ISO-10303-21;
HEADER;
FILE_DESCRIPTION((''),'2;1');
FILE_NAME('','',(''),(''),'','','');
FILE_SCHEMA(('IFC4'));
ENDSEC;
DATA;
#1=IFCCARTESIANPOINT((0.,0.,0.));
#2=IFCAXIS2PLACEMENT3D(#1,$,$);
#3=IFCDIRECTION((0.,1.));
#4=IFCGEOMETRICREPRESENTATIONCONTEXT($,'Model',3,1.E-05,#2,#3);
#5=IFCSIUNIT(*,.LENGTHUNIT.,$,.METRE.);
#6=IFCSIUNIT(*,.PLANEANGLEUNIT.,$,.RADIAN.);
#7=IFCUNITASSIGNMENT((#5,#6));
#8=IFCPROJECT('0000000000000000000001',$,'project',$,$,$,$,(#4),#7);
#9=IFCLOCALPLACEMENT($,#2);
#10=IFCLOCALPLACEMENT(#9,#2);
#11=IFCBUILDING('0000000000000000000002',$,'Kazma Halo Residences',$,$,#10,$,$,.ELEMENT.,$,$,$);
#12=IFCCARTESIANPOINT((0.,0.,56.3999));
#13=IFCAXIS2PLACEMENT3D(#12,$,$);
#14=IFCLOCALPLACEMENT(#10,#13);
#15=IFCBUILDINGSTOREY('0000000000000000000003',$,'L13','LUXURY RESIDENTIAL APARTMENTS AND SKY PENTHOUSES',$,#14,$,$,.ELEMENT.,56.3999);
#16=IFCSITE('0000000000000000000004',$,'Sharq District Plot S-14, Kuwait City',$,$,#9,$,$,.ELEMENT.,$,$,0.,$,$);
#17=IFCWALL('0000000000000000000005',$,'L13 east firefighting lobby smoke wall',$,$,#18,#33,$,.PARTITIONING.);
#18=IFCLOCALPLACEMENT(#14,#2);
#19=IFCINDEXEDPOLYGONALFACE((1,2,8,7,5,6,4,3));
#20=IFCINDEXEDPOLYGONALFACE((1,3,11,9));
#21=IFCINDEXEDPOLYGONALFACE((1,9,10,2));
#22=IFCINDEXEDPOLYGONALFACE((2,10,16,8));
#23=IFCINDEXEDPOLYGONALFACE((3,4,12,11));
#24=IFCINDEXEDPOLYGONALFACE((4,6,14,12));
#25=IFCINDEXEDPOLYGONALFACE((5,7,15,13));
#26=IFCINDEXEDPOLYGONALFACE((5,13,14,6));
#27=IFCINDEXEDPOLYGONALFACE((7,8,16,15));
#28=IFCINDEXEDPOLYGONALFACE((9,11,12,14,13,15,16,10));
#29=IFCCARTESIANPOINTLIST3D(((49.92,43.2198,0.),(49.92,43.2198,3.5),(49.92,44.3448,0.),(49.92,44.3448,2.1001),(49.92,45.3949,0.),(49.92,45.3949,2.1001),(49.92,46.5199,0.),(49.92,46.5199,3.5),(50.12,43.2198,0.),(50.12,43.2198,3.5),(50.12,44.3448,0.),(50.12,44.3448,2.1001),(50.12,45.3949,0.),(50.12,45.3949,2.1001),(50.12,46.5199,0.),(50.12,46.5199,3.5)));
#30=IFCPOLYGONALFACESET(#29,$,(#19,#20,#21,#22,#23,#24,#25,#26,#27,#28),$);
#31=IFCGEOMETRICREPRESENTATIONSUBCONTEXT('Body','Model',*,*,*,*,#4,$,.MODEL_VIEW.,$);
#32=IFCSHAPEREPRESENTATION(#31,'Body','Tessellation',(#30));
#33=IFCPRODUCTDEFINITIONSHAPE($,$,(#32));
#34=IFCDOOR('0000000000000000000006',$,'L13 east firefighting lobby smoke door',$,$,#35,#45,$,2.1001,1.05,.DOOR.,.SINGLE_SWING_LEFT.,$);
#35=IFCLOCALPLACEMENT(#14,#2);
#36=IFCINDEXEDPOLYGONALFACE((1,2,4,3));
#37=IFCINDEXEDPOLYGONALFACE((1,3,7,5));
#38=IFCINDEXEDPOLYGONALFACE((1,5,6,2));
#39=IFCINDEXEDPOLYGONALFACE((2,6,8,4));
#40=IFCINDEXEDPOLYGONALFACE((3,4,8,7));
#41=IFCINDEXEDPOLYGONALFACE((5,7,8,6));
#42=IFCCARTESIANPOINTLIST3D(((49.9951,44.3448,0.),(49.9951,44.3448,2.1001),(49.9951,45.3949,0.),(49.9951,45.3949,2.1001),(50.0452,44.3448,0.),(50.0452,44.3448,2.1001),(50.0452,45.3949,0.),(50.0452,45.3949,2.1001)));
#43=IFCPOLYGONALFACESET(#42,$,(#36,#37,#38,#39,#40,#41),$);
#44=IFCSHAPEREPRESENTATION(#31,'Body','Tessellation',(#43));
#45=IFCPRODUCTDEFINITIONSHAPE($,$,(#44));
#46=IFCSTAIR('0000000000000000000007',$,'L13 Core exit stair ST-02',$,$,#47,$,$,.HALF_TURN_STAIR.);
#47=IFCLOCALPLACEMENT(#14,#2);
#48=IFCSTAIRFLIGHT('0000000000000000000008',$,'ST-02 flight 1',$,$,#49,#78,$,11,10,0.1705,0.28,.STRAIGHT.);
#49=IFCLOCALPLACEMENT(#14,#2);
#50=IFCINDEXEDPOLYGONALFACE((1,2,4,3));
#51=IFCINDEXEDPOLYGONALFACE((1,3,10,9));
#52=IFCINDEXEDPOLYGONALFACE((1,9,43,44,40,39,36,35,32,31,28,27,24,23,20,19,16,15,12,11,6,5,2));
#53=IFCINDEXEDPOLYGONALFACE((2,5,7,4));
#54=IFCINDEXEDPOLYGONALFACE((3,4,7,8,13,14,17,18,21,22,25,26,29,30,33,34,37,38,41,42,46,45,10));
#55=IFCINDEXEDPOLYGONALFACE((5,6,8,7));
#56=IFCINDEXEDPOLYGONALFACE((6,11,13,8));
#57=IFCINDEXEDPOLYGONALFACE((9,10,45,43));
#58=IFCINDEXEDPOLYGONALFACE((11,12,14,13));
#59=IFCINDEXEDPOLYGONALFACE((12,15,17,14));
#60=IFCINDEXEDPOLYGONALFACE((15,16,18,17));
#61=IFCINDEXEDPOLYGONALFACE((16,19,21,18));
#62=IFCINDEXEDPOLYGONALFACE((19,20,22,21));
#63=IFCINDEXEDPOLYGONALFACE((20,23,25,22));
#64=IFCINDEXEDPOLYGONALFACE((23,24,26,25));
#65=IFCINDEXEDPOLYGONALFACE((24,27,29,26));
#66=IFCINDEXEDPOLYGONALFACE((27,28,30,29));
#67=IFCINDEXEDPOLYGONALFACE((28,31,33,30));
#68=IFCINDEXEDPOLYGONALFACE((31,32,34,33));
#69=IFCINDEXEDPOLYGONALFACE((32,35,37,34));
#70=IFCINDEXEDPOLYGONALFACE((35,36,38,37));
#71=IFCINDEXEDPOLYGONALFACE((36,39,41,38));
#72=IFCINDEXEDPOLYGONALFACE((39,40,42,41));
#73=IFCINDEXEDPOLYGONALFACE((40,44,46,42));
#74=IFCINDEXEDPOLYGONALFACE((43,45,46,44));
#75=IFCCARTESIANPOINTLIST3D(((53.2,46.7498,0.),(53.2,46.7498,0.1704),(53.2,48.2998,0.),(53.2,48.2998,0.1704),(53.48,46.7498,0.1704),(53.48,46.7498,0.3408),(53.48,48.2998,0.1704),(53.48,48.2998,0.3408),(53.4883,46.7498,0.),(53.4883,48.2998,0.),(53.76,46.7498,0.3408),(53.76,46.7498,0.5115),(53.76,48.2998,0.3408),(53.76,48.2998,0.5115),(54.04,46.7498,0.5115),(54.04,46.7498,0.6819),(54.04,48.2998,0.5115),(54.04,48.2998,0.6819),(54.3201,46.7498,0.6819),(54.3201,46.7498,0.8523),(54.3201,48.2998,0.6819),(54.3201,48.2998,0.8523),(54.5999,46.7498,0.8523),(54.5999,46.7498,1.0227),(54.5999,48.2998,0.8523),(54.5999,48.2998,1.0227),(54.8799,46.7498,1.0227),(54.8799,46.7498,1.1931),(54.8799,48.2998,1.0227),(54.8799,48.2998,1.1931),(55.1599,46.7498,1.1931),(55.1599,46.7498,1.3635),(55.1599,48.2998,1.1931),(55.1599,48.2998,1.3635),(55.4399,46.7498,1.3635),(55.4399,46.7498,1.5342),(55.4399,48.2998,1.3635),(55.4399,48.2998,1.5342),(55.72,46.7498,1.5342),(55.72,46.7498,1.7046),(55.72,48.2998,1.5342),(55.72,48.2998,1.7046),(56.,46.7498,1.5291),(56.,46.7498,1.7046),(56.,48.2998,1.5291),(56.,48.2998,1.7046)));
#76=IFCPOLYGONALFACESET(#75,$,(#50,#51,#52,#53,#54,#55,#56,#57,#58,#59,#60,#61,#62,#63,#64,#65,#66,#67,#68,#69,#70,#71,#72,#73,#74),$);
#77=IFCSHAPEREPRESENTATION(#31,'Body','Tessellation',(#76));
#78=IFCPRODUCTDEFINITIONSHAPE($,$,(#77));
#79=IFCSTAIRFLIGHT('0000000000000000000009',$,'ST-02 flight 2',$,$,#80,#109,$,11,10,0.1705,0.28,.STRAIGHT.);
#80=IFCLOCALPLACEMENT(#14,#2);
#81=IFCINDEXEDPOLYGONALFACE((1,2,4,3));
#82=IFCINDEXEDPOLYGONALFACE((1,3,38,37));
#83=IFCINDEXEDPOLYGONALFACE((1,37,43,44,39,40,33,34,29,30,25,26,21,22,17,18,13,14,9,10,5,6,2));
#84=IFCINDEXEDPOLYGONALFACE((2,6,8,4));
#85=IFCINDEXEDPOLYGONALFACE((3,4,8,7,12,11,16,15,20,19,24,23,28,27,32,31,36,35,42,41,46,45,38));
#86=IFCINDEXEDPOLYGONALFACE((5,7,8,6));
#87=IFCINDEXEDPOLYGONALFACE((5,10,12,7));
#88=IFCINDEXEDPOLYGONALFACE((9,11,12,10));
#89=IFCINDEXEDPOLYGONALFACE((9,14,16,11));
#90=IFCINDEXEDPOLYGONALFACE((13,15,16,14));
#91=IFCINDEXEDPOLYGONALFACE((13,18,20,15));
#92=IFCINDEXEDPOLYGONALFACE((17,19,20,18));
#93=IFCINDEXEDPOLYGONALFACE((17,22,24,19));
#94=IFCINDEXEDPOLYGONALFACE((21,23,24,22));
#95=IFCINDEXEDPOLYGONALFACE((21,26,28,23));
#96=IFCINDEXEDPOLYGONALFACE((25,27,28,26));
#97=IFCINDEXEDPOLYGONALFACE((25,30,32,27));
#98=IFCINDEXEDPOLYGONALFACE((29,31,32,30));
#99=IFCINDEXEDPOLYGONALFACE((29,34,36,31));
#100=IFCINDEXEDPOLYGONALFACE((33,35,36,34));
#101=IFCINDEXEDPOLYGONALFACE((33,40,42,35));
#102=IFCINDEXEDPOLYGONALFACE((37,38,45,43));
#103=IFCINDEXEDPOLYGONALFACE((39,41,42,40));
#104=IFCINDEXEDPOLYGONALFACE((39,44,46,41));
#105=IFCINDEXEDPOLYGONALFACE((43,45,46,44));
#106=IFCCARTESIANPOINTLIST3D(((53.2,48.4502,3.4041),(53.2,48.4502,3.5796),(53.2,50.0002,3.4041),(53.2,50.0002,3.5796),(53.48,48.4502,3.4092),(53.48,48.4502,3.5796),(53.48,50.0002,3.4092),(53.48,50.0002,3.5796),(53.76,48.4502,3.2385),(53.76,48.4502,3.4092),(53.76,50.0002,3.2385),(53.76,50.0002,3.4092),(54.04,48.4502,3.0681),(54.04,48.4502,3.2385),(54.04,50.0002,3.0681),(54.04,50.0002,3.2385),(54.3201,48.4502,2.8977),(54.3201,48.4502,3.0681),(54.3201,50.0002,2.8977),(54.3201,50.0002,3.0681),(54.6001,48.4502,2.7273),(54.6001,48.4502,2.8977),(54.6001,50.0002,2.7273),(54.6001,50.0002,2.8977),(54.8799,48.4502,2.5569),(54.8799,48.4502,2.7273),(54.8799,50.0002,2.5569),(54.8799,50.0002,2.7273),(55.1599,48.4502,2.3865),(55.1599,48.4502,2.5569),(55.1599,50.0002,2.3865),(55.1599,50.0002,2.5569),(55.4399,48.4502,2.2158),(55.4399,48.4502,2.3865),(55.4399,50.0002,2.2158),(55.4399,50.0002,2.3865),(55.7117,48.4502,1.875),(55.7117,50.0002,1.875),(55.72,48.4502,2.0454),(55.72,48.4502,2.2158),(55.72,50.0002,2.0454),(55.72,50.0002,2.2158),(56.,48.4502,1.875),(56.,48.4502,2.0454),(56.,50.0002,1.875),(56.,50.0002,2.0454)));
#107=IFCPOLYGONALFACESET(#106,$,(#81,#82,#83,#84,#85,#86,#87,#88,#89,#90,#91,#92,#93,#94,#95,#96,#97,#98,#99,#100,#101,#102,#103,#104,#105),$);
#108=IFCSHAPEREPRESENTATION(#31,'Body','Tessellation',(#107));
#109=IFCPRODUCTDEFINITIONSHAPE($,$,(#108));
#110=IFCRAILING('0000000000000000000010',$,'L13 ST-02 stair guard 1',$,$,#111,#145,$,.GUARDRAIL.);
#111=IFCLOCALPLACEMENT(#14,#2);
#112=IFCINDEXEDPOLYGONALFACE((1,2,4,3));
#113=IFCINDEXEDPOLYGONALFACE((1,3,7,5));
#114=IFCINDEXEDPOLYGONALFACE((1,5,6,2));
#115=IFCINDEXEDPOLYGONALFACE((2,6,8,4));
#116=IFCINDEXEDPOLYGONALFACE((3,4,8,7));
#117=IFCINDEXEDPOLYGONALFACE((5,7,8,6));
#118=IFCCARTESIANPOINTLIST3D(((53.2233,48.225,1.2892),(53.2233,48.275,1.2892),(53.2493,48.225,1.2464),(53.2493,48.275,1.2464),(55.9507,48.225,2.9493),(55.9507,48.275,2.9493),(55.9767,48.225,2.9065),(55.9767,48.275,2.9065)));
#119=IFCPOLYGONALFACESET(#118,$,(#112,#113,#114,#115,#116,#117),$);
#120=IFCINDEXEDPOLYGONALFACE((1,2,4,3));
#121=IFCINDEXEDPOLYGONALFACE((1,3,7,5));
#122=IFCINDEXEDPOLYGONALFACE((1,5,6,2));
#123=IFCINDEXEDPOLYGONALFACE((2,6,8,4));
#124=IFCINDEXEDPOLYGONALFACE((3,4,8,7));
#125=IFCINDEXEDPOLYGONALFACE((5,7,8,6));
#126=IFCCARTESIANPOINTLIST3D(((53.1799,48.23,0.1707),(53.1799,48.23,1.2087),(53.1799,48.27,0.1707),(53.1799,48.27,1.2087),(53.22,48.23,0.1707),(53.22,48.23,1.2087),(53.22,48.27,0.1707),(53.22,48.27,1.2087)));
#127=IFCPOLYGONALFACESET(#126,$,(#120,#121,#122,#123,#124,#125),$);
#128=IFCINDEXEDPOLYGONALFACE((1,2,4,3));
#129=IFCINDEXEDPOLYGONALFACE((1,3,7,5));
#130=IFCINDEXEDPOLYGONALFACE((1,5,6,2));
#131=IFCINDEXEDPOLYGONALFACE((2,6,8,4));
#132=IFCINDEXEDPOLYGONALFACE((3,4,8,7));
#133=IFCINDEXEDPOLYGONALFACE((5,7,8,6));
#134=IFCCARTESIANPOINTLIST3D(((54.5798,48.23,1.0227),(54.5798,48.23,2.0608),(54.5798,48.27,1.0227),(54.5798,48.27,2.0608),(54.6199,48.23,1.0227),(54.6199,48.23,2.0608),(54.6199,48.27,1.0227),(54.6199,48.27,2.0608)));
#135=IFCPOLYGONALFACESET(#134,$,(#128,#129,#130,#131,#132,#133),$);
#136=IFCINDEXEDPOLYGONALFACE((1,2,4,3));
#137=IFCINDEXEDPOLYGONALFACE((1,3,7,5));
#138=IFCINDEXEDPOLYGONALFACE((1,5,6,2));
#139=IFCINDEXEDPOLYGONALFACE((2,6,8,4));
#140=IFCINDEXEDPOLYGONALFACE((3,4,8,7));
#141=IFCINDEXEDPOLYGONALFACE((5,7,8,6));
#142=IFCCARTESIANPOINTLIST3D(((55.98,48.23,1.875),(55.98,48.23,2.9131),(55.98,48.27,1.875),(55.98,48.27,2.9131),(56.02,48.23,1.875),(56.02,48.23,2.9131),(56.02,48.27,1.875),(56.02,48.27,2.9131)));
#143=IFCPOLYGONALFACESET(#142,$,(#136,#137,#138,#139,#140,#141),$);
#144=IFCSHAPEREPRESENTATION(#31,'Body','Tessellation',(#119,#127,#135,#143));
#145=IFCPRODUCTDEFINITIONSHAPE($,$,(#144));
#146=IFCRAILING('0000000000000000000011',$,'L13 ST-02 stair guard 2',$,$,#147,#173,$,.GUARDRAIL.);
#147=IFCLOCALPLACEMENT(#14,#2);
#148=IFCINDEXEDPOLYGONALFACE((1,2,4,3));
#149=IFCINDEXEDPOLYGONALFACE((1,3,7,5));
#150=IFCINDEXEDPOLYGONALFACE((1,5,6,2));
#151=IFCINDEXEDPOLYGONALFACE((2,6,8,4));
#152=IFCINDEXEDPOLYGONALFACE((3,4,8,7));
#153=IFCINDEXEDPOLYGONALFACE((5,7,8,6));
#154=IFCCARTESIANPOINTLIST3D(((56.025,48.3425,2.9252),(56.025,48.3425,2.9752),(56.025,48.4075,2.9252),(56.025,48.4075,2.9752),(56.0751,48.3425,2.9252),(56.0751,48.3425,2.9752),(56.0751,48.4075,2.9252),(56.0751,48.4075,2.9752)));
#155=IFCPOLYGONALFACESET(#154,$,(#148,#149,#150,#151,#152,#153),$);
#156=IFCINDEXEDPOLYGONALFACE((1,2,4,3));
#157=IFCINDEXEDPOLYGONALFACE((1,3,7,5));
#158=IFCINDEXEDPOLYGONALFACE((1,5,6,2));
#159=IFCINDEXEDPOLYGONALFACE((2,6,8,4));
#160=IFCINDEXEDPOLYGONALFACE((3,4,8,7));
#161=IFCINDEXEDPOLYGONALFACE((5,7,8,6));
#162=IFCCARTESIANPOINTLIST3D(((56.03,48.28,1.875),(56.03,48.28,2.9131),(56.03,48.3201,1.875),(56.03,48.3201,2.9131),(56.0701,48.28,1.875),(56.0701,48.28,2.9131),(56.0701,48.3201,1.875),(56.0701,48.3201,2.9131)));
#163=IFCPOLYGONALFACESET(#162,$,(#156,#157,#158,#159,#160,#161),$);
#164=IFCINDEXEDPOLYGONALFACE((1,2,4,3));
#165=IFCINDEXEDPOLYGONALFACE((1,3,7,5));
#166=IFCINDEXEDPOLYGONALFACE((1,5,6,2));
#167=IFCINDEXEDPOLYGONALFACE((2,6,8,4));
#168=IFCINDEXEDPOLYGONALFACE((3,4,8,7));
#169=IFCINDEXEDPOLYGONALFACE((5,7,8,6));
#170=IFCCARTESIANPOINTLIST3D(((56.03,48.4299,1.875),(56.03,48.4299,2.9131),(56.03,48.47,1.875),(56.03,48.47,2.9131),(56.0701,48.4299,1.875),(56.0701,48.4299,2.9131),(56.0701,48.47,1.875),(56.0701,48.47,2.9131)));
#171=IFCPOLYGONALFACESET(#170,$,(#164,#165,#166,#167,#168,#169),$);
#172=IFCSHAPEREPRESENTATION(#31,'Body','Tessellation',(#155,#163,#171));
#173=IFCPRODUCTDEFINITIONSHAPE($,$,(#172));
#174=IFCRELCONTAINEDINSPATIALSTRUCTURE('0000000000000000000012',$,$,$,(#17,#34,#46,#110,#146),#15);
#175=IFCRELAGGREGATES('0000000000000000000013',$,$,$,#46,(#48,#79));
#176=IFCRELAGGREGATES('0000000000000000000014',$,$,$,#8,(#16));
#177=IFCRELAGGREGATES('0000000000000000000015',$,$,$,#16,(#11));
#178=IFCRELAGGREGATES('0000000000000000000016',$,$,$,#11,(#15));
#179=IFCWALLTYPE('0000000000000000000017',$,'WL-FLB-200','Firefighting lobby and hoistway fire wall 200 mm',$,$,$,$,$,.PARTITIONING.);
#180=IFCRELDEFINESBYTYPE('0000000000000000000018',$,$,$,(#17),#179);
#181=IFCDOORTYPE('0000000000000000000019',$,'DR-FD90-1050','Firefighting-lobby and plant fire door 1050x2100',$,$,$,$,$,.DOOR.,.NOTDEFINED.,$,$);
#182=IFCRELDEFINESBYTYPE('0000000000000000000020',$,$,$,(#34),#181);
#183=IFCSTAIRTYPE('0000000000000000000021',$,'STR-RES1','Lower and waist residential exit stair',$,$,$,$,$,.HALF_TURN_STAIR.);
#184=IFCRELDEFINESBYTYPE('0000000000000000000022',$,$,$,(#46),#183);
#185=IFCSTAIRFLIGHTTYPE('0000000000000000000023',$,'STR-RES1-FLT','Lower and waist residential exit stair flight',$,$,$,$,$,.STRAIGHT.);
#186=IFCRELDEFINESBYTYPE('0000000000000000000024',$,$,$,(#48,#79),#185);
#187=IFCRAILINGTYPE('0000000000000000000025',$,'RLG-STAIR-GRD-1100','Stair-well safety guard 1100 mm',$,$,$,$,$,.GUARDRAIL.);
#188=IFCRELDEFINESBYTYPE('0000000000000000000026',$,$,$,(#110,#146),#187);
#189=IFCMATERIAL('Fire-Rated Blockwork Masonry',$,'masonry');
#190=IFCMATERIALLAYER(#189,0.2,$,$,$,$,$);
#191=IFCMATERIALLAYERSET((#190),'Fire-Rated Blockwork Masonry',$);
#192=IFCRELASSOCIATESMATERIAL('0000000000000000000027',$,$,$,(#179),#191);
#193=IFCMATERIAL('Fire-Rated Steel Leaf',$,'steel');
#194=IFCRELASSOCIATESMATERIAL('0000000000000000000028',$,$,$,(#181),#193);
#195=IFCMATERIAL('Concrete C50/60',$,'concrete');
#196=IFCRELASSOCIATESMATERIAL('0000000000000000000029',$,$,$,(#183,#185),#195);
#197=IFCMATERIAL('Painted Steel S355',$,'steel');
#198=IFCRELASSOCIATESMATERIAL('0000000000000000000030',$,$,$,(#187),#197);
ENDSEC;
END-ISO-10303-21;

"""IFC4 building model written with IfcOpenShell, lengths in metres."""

from ifc_helpers import new_model, si_unit, direction, frame, frame_2d, origin, origin_2d, place, context, subcontext, project, spatial, polyline, rectangle, outline, extrude, material, layer, layer_set, type_object, element, fill, aggregate, save


model = new_model("IFC4")

# Units and contexts
model_context = context("Model", 3, precision=1e-05, world=origin(), true_north=direction((0.0, 1.0)))
body_context = subcontext(model_context, "Body", "Model", "MODEL_VIEW")
ifc_project = project(units=[si_unit("LENGTHUNIT", "METRE"), si_unit("PLANEANGLEUNIT", "RADIAN")], contexts=[model_context])

# Site, building, storey
site_placement = place(None, origin())
site = spatial("IfcSite", under=ifc_project, at=site_placement, Name="Sharq District Plot S-14, Kuwait City", CompositionType="ELEMENT", RefElevation=0.0)
building_placement = place(site_placement, origin())
building = spatial("IfcBuilding", under=site, at=building_placement, Name="Kazma Halo Residences", CompositionType="ELEMENT")
storey_placement = place(building_placement, frame((0.0, 0.0, 56.3999)))
storey = spatial("IfcBuildingStorey", under=building, at=storey_placement, Name="L13", Description="LUXURY RESIDENTIAL APARTMENTS AND SKY PENTHOUSES", CompositionType="ELEMENT", Elevation=56.3999)

# Shared definitions
ifc_material_1 = material(Name="Fire-Rated Blockwork Masonry", Category="masonry")
ifc_layer_1 = layer(ifc_material_1, 0.2)
ifc_layer_set_1 = layer_set([ifc_layer_1], Name="Fire-Rated Blockwork Masonry")
wall_type_1 = type_object("IfcWallType", Name="WL-FLB-200", Description="Firefighting lobby and hoistway fire wall 200 mm", PredefinedType="PARTITIONING", material=ifc_layer_set_1)

# Wall, opening, door
wall_1_placement = place(storey_placement, frame((50.02, 43.22, 0.0), z_axis=(0.0, 0.0, 1.0), x_axis=(0.0, 1.0, 0.0)))
wall_1 = element("IfcWall", 1, at=wall_1_placement, inside=storey, type_object=wall_type_1, Name="L13 east firefighting lobby smoke wall", PredefinedType="PARTITIONING", context=body_context, shape_type="SweptSolid", body=[
    extrude(rectangle(XDim=3.3, YDim=0.2, at=frame_2d((1.6499, 0.0))), origin(), (0.0, 0.0, 1.0), 3.5),
])
opening_1_placement = place(wall_1_placement, frame((1.125, 0.0, 0.0)))
opening_1 = element("IfcOpeningElement", 2, at=opening_1_placement, cuts=wall_1, PredefinedType="OPENING", context=body_context, shape_type="SweptSolid", body=[
    extrude(rectangle(XDim=1.05, YDim=2.1001, at=frame_2d((0.5249, 1.05))), frame((0.0, 0.1099, 0.0), z_axis=(0.0, -1.0, 0.0), x_axis=(1.0, 0.0, 0.0)), (0.0, 0.0, 1.0), 0.22),
])
ifc_material_2 = material(Name="Fire-Rated Steel Leaf", Category="steel")
door_type_1 = type_object("IfcDoorType", Name="DR-FD90-1050", Description="Firefighting-lobby and plant fire door 1050x2100", OperationType="NOTDEFINED", PredefinedType="DOOR", material=ifc_material_2)
door_1_placement = place(opening_1_placement, origin())
door_1 = element("IfcDoor", 3, at=door_1_placement, inside=storey, type_object=door_type_1, Name="L13 east firefighting lobby smoke door", OperationType="SINGLE_SWING_LEFT", OverallHeight=2.1001, OverallWidth=1.05, PredefinedType="DOOR", context=body_context, shape_type="SweptSolid", body=[
    extrude(rectangle(XDim=1.05, YDim=2.1001, at=frame_2d((0.5249, 1.05))), frame((0.0, 0.0249, 0.0), z_axis=(0.0, -1.0, 0.0), x_axis=(1.0, 0.0, 0.0)), (0.0, 0.0, 1.0), 0.05),
])
fill(opening_1, door_1)
ifc_material_3 = material(Name="Concrete C50/60", Category="concrete")

# Stair, stair flights
stair_type = type_object("IfcStairType", Name="STR-RES1", Description="Lower and waist residential exit stair", PredefinedType="HALF_TURN_STAIR", material=ifc_material_3)
stair_placement = place(storey_placement, origin())
stair = element("IfcStair", 4, at=stair_placement, inside=storey, type_object=stair_type, Name="L13 Core exit stair ST-02", PredefinedType="HALF_TURN_STAIR")
stair_flight_type = type_object("IfcStairFlightType", Name="STR-RES1-FLT", Description="Lower and waist residential exit stair flight", PredefinedType="STRAIGHT", material=ifc_material_3)
stair_flight_1_placement = place(storey_placement, frame((53.2, 47.5249, 0.0), z_axis=(0.0, 0.0, 1.0), x_axis=(1.0, 0.0, 0.0)))
stair_flight_1 = element("IfcStairFlight", 5, at=stair_flight_1_placement, type_object=stair_flight_type, Name="ST-02 flight 1", NumberOfRisers=11, NumberOfTreads=10, PredefinedType="STRAIGHT", RiserHeight=0.1705, TreadLength=0.28, context=body_context, shape_type="SweptSolid", body=[
    extrude(outline(polyline([(0.0, 0.0), (0.0, 0.1704), (0.28, 0.1704), (0.28, 0.3408), (0.5601, 0.3408), (0.5601, 0.5115), (0.8401, 0.5115), (0.8401, 0.6819), (1.1201, 0.6819), (1.1201, 0.8523), (1.3999, 0.8523), (1.3999, 1.0227), (1.6799, 1.0227), (1.6799, 1.1931), (1.96, 1.1931), (1.96, 1.3635), (2.24, 1.3635), (2.24, 1.5342), (2.52, 1.5342), (2.52, 1.7046), (2.8, 1.7046), (2.8, 1.875), (2.8, 1.5291), (0.2883, 0.0), (0.0, 0.0)])), frame((0.0, 0.7749, 0.0), z_axis=(0.0, -1.0, 0.0), x_axis=(1.0, 0.0, 0.0)), (0.0, 0.0, 1.0), 1.55),
])
stair_flight_2_placement = place(storey_placement, frame((56.0, 49.2251, 1.875), z_axis=(0.0, 0.0, 1.0), x_axis=(-1.0, 0.0, 0.0)))
stair_flight_2 = element("IfcStairFlight", 6, at=stair_flight_2_placement, type_object=stair_flight_type, Name="ST-02 flight 2", NumberOfRisers=11, NumberOfTreads=10, PredefinedType="STRAIGHT", RiserHeight=0.1705, TreadLength=0.28, context=body_context, shape_type="SweptSolid", body=[
    extrude(outline(polyline([(0.0, 0.0), (0.0, 0.1704), (0.28, 0.1704), (0.28, 0.3408), (0.5601, 0.3408), (0.5601, 0.5115), (0.8401, 0.5115), (0.8401, 0.6819), (1.1201, 0.6819), (1.1201, 0.8523), (1.3999, 0.8523), (1.3999, 1.0227), (1.6799, 1.0227), (1.6799, 1.1931), (1.96, 1.1931), (1.96, 1.3635), (2.24, 1.3635), (2.24, 1.5342), (2.52, 1.5342), (2.52, 1.7046), (2.8, 1.7046), (2.8, 1.875), (2.8, 1.5291), (0.2883, 0.0), (0.0, 0.0)])), frame((0.0, 0.7749, 0.0), z_axis=(0.0, -1.0, 0.0), x_axis=(1.0, 0.0, 0.0)), (0.0, 0.0, 1.0), 1.55),
])
aggregate(stair, [stair_flight_1, stair_flight_2])

# Railings
ifc_material_4 = material(Name="Painted Steel S355", Category="steel")
railing_type_1 = type_object("IfcRailingType", Name="RLG-STAIR-GRD-1100", Description="Stair-well safety guard 1100 mm", PredefinedType="GUARDRAIL", material=ifc_material_4)
railing_1_placement = place(storey_placement, frame((53.2, 48.25, 0.1707)))
element("IfcRailing", 7, at=railing_1_placement, inside=storey, type_object=railing_type_1, Name="L13 ST-02 stair guard 1", PredefinedType="GUARDRAIL", context=body_context, shape_type="SweptSolid", body=[
    extrude(rectangle(XDim=0.05, YDim=0.05, at=origin_2d()), frame((0.0364, 0.0, 1.0972), z_axis=(0.854203, 0.0, 0.51994), x_axis=(0.0, 1.0, 0.0)), (0.0, 0.0, 1.0), 3.1929),
    extrude(rectangle(XDim=0.04, YDim=0.04, at=origin_2d()), origin(), (0.0, 0.0, 1.0), 1.0381),
    extrude(rectangle(XDim=0.04, YDim=0.04, at=origin_2d()), frame((1.3999, 0.0, 0.8521)), (0.0, 0.0, 1.0), 1.0381),
    extrude(rectangle(XDim=0.04, YDim=0.04, at=origin_2d()), frame((2.8, 0.0, 1.7043)), (0.0, 0.0, 1.0), 1.0381),
])
railing_2_placement = place(storey_placement, frame((56.05, 48.3, 1.875)))
element("IfcRailing", 8, at=railing_2_placement, inside=storey, type_object=railing_type_1, Name="L13 ST-02 stair guard 2", PredefinedType="GUARDRAIL", context=body_context, shape_type="SweptSolid", body=[
    extrude(rectangle(XDim=0.05, YDim=0.05, at=origin_2d()), frame((0.0, 0.0425, 1.0752), z_axis=(0.0, 1.0, 0.0), x_axis=(-1.0, 0.0, 0.0)), (0.0, 0.0, 1.0), 0.0649),
    extrude(rectangle(XDim=0.04, YDim=0.04, at=origin_2d()), origin(), (0.0, 0.0, 1.0), 1.0381),
    extrude(rectangle(XDim=0.04, YDim=0.04, at=origin_2d()), frame((0.0, 0.1499, 0.0)), (0.0, 0.0, 1.0), 1.0381),
])

save(model, "model.ifc")
